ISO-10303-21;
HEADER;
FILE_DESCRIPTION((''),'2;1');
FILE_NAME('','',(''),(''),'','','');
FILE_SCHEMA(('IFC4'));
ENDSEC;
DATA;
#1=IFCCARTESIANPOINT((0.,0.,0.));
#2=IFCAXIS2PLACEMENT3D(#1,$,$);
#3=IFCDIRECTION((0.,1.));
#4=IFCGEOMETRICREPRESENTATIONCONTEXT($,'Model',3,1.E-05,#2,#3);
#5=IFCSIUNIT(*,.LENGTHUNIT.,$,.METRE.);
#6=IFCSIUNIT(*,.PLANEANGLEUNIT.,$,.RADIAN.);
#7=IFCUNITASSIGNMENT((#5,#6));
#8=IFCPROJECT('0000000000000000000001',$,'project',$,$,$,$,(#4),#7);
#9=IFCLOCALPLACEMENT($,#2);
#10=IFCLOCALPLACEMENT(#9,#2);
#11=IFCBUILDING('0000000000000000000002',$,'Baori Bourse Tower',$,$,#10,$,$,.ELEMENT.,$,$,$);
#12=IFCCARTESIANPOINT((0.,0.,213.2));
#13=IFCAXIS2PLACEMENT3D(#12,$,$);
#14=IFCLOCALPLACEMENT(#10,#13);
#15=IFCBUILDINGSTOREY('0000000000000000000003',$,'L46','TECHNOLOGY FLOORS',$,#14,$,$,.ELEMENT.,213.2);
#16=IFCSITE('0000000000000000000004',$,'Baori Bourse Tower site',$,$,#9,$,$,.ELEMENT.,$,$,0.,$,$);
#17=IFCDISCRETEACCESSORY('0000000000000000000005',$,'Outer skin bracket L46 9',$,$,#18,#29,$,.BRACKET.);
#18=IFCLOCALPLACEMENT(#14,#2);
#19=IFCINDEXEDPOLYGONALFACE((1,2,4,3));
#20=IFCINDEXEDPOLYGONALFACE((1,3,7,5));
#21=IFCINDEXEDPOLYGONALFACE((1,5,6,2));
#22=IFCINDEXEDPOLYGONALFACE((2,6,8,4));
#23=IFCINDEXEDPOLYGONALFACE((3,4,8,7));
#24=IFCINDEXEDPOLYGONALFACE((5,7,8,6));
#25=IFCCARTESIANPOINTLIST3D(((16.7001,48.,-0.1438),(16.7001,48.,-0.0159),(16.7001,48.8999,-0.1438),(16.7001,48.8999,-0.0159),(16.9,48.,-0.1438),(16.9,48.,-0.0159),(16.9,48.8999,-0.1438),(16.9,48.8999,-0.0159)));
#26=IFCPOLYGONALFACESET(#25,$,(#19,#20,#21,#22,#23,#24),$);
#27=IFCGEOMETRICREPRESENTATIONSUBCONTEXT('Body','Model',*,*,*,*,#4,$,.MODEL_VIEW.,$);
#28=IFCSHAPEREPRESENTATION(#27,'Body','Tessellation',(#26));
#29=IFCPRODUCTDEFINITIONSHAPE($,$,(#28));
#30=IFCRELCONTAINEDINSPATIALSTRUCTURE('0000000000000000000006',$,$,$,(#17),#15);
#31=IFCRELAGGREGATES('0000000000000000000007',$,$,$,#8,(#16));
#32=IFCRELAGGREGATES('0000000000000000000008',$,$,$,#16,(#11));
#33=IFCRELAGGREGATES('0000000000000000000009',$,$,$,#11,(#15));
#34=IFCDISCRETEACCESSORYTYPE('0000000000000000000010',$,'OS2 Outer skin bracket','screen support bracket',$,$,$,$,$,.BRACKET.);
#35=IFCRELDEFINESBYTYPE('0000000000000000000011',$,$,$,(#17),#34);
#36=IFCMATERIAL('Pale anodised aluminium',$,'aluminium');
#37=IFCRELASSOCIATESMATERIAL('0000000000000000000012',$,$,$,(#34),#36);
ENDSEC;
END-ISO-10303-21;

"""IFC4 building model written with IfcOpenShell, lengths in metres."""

from ifc_helpers import new_model, si_unit, direction, frame, origin, origin_2d, place, context, subcontext, project, spatial, rectangle, extrude, material, type_object, element, save


model = new_model("IFC4")

# Units and contexts
model_context = context("Model", 3, precision=1e-05, world=origin(), true_north=direction((0.0, 1.0)))
body_context = subcontext(model_context, "Body", "Model", "MODEL_VIEW")
ifc_project = project(units=[si_unit("LENGTHUNIT", "METRE"), si_unit("PLANEANGLEUNIT", "RADIAN")], contexts=[model_context])

# Site, building, storey
site_placement = place(None, origin())
site = spatial("IfcSite", under=ifc_project, at=site_placement, Name="Baori Bourse Tower site", CompositionType="ELEMENT", RefElevation=0.0)
building_placement = place(site_placement, origin())
building = spatial("IfcBuilding", under=site, at=building_placement, Name="Baori Bourse Tower", CompositionType="ELEMENT")
storey_placement = place(building_placement, frame((0.0, 0.0, 213.2)))
storey = spatial("IfcBuildingStorey", under=building, at=storey_placement, Name="L46", Description="TECHNOLOGY FLOORS", CompositionType="ELEMENT", Elevation=213.2)

# Discrete accessory
ifc_material_1 = material(Name="Pale anodised aluminium", Category="aluminium")
discrete_accessory_type = type_object("IfcDiscreteAccessoryType", Name="OS2 Outer skin bracket", Description="screen support bracket", PredefinedType="BRACKET", material=ifc_material_1)
discrete_accessory_placement = place(storey_placement, frame((16.8, 48.45, -0.1438), z_axis=(0.0, 0.0, 1.0), x_axis=(-1.0, 0.0, 0.0)))
element("IfcDiscreteAccessory", 1, at=discrete_accessory_placement, inside=storey, type_object=discrete_accessory_type, Name="Outer skin bracket L46 9", PredefinedType="BRACKET", context=body_context, shape_type="SweptSolid", body=[
    extrude(rectangle(XDim=0.2, YDim=0.8999, at=origin_2d()), origin(), (0.0, 0.0, 1.0), 0.1279),
])

save(model, "model.ifc")
